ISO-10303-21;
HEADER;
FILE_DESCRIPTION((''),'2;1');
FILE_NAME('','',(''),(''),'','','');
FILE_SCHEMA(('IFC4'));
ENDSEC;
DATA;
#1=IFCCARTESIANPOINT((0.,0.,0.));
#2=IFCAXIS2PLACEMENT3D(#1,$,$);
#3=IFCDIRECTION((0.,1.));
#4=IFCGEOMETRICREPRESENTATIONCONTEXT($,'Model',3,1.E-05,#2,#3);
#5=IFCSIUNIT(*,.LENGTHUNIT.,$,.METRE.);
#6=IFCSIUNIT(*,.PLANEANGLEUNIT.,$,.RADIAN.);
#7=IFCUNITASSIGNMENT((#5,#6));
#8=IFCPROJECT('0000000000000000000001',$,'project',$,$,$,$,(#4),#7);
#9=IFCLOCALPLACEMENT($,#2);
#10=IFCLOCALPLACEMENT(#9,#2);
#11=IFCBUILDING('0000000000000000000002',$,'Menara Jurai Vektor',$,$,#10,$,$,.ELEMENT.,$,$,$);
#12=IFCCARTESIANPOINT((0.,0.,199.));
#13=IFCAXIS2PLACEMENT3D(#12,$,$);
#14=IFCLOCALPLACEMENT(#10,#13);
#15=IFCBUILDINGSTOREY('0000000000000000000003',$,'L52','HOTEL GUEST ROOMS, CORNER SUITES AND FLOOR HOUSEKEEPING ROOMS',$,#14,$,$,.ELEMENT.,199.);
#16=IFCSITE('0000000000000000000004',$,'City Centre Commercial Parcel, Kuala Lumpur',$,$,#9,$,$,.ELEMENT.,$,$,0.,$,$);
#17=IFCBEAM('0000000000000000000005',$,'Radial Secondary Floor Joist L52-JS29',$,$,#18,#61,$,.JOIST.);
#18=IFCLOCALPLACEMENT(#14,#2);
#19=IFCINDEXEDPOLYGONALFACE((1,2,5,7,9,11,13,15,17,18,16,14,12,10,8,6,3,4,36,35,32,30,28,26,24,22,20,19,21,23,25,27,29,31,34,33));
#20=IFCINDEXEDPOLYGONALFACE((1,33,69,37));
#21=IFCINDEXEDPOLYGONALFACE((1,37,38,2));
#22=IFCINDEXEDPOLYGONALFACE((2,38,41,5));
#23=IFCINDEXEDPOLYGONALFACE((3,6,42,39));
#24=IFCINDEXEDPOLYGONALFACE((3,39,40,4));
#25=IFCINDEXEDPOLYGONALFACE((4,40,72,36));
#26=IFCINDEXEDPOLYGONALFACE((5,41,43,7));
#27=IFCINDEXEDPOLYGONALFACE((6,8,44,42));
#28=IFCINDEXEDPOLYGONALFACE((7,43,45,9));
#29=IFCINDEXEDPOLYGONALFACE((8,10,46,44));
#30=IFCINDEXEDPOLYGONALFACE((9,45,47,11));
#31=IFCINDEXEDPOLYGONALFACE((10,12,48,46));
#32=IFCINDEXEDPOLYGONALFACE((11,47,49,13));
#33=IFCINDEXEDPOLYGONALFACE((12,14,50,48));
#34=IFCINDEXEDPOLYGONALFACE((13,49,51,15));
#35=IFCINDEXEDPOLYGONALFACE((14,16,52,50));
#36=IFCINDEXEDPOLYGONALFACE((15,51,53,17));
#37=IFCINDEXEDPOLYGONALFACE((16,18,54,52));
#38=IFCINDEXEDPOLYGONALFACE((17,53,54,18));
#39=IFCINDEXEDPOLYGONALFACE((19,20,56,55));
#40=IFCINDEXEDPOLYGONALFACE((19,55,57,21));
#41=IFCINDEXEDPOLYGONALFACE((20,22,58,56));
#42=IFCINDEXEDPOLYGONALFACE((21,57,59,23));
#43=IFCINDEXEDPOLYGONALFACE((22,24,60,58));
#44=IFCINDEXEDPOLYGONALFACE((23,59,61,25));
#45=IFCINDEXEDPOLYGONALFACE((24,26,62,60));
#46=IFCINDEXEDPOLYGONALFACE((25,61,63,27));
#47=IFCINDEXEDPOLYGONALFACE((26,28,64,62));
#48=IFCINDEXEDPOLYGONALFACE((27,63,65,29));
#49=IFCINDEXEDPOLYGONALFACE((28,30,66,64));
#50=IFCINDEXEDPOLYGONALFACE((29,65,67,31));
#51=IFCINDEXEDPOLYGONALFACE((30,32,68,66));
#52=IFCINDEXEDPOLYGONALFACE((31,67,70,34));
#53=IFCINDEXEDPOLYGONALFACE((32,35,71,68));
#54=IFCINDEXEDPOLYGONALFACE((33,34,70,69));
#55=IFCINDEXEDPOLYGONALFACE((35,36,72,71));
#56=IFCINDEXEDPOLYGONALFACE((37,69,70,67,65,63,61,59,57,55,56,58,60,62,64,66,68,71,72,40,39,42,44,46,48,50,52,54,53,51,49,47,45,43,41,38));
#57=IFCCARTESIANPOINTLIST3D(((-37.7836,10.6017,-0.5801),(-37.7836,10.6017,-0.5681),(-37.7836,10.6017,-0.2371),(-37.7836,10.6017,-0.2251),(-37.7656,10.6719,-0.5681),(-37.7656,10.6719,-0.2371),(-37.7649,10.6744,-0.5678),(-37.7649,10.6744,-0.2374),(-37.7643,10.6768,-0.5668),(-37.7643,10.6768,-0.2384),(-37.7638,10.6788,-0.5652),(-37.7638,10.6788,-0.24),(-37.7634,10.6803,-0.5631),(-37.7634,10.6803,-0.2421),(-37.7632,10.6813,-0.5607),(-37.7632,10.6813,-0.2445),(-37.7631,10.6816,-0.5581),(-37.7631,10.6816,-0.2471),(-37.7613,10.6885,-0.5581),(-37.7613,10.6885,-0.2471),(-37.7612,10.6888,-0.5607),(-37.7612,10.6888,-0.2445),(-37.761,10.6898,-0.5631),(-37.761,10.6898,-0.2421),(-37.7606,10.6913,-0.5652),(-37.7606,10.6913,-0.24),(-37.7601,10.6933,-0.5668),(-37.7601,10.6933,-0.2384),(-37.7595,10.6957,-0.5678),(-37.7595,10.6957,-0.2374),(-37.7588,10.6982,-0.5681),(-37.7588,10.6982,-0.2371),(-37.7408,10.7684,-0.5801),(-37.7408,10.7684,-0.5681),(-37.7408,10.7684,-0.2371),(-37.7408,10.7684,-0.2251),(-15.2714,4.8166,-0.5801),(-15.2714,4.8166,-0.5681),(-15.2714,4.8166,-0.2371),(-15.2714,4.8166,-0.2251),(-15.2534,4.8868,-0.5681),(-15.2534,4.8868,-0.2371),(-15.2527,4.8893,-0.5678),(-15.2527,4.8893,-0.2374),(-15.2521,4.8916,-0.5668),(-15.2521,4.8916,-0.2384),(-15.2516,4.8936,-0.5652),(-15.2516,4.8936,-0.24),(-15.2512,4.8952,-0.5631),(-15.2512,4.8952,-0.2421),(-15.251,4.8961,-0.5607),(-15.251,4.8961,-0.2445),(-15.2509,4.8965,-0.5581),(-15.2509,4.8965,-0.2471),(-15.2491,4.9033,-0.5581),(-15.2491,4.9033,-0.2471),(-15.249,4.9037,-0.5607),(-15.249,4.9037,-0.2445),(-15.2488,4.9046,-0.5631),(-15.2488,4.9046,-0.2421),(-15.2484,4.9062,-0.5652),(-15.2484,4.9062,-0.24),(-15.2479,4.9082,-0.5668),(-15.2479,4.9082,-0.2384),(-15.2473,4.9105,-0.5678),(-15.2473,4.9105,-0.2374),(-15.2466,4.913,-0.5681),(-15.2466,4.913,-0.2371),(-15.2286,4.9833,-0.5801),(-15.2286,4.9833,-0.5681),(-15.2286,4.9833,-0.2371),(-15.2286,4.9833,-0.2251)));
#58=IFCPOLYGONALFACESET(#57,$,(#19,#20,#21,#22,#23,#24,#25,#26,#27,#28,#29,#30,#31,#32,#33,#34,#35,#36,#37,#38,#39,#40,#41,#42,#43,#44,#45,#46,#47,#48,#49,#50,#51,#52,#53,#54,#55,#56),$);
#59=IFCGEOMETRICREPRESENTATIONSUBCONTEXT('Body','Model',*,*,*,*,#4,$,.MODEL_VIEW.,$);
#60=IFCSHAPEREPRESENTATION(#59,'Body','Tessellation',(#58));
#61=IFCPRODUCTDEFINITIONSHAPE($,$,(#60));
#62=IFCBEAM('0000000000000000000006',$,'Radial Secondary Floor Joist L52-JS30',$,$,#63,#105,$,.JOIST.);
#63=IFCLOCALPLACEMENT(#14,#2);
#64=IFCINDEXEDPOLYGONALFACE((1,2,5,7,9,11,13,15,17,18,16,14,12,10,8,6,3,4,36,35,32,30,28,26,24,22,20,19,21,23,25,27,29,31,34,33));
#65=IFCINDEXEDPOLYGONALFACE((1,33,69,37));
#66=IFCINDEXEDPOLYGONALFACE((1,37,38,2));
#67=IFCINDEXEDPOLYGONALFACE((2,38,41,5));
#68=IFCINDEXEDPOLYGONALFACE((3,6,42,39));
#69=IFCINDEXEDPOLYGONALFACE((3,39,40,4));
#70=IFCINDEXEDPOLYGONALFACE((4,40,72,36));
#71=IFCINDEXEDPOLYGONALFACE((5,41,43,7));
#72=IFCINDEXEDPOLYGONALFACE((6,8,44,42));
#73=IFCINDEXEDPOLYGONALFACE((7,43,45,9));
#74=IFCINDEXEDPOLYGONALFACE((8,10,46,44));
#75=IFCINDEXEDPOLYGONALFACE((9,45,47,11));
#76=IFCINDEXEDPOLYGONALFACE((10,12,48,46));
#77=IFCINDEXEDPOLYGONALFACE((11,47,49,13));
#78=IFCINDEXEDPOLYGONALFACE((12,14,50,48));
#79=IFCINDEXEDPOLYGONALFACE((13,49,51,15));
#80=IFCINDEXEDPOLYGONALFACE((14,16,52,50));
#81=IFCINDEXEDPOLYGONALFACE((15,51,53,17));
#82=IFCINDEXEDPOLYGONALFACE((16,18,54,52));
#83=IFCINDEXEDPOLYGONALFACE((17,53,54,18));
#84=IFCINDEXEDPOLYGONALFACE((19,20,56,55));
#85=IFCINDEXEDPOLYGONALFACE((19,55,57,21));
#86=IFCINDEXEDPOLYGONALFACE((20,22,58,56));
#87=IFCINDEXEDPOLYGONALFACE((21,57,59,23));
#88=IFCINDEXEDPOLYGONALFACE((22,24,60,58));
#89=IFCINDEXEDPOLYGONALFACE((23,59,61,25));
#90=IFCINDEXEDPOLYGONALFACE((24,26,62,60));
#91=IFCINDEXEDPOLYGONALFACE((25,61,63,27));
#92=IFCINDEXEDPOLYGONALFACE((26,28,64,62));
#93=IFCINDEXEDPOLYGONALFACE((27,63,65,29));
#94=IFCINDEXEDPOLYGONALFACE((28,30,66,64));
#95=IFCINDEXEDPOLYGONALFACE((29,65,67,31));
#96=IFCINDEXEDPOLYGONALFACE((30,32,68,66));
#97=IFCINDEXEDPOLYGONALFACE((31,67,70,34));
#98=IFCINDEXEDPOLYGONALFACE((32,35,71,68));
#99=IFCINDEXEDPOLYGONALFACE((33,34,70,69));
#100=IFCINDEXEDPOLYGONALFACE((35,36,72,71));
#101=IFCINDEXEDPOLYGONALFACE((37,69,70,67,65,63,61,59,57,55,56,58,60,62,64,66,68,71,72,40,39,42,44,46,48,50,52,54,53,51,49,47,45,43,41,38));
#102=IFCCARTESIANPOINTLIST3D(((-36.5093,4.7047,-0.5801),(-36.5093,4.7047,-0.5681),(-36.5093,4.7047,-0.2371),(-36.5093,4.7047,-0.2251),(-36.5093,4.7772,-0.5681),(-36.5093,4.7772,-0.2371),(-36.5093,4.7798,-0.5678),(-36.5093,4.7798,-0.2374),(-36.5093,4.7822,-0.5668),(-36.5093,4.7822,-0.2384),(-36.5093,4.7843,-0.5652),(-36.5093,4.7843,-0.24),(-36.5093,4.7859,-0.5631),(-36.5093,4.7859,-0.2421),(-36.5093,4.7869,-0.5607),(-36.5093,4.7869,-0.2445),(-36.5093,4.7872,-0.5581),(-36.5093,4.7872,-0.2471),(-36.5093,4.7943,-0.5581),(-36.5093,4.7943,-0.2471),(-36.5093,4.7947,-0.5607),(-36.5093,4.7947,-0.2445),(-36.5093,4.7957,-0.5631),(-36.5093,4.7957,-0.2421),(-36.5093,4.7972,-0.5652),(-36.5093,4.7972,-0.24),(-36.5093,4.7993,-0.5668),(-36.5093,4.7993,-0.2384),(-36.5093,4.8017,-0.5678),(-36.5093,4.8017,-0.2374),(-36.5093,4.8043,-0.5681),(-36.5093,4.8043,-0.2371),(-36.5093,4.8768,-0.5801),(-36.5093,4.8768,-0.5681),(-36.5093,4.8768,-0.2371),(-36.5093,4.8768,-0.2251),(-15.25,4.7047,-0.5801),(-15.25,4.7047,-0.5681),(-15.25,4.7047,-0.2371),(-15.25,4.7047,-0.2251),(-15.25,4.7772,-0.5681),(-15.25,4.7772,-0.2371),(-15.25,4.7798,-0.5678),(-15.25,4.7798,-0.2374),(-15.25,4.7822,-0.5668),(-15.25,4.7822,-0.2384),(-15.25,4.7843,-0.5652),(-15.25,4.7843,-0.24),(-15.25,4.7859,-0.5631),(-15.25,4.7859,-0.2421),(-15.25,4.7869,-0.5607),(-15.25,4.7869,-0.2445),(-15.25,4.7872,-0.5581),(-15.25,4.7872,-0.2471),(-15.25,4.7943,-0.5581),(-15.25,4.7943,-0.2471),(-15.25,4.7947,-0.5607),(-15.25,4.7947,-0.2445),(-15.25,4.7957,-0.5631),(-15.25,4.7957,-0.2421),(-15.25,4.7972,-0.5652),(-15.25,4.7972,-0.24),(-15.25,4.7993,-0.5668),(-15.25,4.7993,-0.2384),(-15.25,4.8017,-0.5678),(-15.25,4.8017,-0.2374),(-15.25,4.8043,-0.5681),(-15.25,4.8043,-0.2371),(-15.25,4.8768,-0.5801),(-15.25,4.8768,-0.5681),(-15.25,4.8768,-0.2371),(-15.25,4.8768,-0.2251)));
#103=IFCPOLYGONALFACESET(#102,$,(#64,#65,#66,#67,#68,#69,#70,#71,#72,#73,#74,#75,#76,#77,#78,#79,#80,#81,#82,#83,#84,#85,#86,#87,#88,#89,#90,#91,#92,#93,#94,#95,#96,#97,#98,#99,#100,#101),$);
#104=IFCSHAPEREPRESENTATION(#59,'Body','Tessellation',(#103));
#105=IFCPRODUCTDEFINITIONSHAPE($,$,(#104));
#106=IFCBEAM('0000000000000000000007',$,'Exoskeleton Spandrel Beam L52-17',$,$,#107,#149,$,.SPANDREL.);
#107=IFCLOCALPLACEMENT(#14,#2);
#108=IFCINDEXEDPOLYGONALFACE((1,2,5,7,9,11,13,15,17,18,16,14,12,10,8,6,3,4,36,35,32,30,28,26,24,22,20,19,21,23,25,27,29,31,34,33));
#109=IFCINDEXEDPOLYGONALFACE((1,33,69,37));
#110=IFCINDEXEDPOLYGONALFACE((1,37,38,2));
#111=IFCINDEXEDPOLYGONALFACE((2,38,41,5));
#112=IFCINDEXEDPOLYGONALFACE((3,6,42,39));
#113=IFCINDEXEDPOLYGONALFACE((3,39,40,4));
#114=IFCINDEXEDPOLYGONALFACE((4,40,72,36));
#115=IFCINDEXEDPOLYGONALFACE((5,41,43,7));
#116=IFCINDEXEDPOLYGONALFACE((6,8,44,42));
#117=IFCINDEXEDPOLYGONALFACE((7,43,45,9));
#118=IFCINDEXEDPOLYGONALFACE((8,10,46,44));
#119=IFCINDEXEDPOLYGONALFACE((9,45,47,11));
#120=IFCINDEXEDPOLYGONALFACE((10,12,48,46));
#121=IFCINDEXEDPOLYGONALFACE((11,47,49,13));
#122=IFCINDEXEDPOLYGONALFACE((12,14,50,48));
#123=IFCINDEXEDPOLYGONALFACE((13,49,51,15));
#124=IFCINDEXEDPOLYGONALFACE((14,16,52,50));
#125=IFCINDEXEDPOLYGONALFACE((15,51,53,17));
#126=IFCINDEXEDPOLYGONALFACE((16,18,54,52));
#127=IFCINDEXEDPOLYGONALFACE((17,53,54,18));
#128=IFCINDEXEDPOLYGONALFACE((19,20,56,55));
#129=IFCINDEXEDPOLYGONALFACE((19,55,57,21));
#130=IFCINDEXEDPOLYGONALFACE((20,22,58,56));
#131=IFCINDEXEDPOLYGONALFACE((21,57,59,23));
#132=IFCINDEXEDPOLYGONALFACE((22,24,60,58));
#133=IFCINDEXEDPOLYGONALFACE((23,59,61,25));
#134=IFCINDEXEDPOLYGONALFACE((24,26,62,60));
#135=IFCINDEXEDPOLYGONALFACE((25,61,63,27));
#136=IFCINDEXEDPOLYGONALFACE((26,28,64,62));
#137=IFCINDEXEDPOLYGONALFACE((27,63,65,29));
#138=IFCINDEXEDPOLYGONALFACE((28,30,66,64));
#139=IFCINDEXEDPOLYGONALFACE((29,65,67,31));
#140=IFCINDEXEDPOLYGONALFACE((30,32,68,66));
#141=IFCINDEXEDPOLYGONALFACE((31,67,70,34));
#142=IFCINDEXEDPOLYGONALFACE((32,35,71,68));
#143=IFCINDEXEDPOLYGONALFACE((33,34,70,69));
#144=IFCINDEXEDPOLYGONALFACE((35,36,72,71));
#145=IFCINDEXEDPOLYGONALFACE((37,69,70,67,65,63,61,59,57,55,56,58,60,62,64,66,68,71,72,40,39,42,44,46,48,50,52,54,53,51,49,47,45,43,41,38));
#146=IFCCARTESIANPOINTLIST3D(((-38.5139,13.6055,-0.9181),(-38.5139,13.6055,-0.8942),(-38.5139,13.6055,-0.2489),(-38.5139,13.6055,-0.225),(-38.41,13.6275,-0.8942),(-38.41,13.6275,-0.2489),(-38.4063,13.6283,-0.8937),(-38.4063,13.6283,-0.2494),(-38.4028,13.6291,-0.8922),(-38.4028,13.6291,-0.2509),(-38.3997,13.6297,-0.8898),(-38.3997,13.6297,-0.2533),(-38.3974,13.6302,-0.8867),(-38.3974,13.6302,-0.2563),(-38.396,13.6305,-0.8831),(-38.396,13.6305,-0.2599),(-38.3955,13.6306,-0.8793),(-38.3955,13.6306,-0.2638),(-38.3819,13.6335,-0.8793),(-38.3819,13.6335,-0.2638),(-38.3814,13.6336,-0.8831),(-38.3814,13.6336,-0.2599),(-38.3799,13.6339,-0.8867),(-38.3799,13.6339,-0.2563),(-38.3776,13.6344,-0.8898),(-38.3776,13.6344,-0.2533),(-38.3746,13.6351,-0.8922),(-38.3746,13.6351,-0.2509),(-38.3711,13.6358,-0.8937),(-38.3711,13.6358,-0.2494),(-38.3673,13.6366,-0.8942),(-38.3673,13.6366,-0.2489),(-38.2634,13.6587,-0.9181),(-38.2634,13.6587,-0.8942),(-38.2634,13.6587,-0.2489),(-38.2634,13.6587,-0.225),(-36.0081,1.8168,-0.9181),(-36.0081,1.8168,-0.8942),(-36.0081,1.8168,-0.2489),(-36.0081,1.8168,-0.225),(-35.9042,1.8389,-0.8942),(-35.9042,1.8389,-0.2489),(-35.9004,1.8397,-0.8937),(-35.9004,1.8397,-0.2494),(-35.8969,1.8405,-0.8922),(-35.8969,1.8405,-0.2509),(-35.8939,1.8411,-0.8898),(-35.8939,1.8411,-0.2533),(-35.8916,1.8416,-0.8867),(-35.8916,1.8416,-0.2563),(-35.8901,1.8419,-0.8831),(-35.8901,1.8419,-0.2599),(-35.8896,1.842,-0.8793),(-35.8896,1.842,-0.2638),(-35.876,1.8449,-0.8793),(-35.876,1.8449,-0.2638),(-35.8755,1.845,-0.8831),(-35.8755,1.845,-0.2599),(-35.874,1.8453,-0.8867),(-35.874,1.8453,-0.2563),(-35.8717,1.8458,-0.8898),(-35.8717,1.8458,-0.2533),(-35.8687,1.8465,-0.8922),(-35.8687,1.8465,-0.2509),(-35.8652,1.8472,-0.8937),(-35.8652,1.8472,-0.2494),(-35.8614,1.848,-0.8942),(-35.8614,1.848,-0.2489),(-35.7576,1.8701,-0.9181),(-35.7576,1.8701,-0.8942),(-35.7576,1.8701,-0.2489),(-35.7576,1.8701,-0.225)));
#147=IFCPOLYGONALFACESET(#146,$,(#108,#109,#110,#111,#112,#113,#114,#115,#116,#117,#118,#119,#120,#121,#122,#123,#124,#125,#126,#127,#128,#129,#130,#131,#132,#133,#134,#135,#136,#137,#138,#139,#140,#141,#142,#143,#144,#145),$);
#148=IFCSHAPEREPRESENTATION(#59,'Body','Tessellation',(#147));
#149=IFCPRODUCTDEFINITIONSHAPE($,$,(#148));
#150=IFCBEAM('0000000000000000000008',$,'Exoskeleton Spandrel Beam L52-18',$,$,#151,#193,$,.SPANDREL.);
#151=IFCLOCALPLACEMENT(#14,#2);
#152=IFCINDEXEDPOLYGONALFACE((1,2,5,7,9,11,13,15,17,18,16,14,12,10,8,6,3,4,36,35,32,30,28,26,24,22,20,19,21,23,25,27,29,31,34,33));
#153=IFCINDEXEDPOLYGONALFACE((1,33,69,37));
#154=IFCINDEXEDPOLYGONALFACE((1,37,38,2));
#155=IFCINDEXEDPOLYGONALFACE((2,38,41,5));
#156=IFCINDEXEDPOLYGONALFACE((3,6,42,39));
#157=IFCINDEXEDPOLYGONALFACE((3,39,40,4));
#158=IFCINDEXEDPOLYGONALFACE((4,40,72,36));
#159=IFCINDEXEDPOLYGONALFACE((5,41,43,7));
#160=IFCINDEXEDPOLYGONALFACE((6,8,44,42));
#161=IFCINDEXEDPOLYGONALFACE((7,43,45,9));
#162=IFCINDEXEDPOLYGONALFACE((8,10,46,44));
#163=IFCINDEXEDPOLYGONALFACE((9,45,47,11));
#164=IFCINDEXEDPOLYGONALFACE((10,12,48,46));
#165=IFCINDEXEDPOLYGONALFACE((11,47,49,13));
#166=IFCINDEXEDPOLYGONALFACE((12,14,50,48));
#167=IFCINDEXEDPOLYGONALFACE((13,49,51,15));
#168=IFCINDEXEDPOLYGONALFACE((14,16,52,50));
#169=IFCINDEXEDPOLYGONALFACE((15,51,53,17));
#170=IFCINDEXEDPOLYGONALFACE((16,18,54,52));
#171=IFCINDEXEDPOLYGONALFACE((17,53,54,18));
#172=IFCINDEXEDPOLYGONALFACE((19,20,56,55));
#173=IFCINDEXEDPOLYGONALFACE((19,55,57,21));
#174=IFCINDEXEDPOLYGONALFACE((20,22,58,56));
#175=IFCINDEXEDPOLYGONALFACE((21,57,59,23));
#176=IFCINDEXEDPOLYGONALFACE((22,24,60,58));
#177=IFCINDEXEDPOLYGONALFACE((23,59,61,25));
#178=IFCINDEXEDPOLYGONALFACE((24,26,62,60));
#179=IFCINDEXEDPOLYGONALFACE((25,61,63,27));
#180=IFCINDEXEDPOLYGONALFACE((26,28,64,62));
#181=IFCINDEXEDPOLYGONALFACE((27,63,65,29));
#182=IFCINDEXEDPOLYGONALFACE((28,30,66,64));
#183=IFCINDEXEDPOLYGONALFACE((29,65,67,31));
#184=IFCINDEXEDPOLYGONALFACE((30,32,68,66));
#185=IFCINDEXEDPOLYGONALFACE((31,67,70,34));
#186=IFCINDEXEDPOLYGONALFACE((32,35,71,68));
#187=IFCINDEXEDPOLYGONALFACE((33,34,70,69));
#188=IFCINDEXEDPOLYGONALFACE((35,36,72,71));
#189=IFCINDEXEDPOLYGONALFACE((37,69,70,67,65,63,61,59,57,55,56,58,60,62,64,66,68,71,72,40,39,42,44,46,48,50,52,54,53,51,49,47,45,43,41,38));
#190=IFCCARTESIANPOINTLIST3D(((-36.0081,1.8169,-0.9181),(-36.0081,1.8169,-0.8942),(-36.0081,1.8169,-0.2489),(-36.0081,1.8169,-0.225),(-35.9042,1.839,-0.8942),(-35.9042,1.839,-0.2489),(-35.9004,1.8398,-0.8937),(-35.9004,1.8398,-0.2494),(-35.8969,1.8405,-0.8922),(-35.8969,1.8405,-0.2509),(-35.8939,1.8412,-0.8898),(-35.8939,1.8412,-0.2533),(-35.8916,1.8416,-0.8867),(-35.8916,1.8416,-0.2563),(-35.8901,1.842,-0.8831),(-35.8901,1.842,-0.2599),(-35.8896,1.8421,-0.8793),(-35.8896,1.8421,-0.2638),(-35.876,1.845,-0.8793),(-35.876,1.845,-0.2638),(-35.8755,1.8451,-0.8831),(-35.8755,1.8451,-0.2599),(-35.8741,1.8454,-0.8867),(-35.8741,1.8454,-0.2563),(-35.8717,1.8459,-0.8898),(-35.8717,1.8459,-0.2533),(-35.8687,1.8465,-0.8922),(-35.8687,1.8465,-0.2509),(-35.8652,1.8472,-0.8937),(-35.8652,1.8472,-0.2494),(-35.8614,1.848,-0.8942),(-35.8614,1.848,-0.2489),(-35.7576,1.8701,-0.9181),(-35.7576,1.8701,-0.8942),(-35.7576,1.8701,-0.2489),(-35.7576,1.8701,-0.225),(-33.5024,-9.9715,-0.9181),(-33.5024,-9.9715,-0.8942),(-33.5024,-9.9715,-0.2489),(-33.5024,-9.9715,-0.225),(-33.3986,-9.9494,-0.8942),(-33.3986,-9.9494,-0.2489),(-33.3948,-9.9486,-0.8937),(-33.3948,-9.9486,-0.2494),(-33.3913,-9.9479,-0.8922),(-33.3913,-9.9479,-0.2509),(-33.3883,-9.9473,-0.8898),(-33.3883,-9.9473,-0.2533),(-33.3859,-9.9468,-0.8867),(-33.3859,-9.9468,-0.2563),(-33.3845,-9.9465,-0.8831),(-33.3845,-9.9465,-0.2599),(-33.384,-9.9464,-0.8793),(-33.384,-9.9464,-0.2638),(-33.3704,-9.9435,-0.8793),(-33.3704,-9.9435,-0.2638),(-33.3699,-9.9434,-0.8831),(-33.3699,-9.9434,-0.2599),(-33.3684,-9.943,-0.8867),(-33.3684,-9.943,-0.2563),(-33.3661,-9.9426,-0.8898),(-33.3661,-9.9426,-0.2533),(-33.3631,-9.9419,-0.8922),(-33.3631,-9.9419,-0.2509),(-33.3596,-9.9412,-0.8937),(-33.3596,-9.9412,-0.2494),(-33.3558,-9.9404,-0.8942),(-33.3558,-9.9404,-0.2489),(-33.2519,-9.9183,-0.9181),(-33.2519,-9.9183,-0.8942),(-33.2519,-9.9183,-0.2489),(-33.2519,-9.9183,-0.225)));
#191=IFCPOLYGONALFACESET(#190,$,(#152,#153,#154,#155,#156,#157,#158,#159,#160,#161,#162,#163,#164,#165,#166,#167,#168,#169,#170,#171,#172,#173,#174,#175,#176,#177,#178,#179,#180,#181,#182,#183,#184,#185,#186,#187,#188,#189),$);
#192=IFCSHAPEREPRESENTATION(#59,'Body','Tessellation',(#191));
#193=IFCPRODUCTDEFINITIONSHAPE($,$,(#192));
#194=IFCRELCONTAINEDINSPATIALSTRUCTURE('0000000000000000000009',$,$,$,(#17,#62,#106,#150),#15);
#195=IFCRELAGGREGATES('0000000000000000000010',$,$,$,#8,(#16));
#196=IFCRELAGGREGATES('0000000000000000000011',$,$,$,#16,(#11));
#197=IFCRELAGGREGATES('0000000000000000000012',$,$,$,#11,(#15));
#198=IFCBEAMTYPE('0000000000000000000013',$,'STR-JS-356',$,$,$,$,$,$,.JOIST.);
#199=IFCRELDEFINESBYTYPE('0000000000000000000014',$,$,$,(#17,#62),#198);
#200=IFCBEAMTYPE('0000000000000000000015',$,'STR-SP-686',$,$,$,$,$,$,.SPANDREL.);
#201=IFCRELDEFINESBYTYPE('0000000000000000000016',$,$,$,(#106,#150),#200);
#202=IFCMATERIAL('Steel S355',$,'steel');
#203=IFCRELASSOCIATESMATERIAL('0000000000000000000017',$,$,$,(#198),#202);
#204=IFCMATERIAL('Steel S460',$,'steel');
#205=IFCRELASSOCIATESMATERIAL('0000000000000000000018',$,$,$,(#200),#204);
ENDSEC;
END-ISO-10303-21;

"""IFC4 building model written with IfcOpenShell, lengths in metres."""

from ifc_helpers import new_model, si_unit, direction, frame, origin, origin_2d, place, context, subcontext, project, spatial, i_section, extrude, material, material_profile, profile_set, type_object, element, save


model = new_model("IFC4")

# Units and contexts
model_context = context("Model", 3, precision=1e-05, world=origin(), true_north=direction((0.0, 1.0)))
body_context = subcontext(model_context, "Body", "Model", "MODEL_VIEW")
ifc_project = project(units=[si_unit("LENGTHUNIT", "METRE"), si_unit("PLANEANGLEUNIT", "RADIAN")], contexts=[model_context])

# Site, building, storey
site_placement = place(None, origin())
site = spatial("IfcSite", under=ifc_project, at=site_placement, Name="City Centre Commercial Parcel, Kuala Lumpur", CompositionType="ELEMENT", RefElevation=0.0)
building_placement = place(site_placement, origin())
building = spatial("IfcBuilding", under=site, at=building_placement, Name="Menara Jurai Vektor", CompositionType="ELEMENT")
storey_placement = place(building_placement, frame((0.0, 0.0, 199.0)))
storey = spatial("IfcBuildingStorey", under=building, at=storey_placement, Name="L52", Description="HOTEL GUEST ROOMS, CORNER SUITES AND FLOOR HOUSEKEEPING ROOMS", CompositionType="ELEMENT", Elevation=199.0)

# Shared definitions
ifc_material_1 = material(Name="Steel S460", Category="steel")

# Shared definitions
ifc_material_2 = material(Name="Steel S355", Category="steel")

# Beams
ifc_material_profile_1 = material_profile(ifc_material_2, i_section(OverallWidth=0.1721, OverallDepth=0.355, WebThickness=0.0071, FlangeThickness=0.012, FilletRadius=0.01, at=origin_2d()), Name="UKB 356x171x51")
ifc_profile_set_1 = profile_set([ifc_material_profile_1], Name="Steel S355")
beam_type_1 = type_object("IfcBeamType", Name="STR-JS-356", PredefinedType="JOIST", material=ifc_profile_set_1)
beam_1_placement = place(storey_placement, frame((-37.7622, 10.6851, -0.4026), z_axis=(0.968531, -0.248892, 0.0), x_axis=(0.248892, 0.968531, 0.0)))
element("IfcBeam", 1, at=beam_1_placement, inside=storey, type_object=beam_type_1, Name="Radial Secondary Floor Joist L52-JS29", PredefinedType="JOIST", context=body_context, shape_type="SweptSolid", body=[
    extrude(i_section(OverallWidth=0.1721, OverallDepth=0.355, WebThickness=0.0071, FlangeThickness=0.012, FilletRadius=0.01, at=origin_2d()), origin(), (0.0, 0.0, 1.0), 23.2437),
])
beam_2_placement = place(storey_placement, frame((-36.5093, 4.7908, -0.4026), z_axis=(1.0, 0.0, 0.0), x_axis=(0.0, 1.0, 0.0)))
element("IfcBeam", 2, at=beam_2_placement, inside=storey, type_object=beam_type_1, Name="Radial Secondary Floor Joist L52-JS30", PredefinedType="JOIST", context=body_context, shape_type="SweptSolid", body=[
    extrude(i_section(OverallWidth=0.1721, OverallDepth=0.355, WebThickness=0.0071, FlangeThickness=0.012, FilletRadius=0.01, at=origin_2d()), origin(), (0.0, 0.0, 1.0), 21.2593),
])
ifc_material_profile_2 = material_profile(ifc_material_1, i_section(OverallWidth=0.2561, OverallDepth=0.6931, WebThickness=0.0139, FlangeThickness=0.0239, FilletRadius=0.0149, at=origin_2d()), Name="UKB 686x254x170")
ifc_profile_set_2 = profile_set([ifc_material_profile_2], Name="Steel S460")
beam_type_2 = type_object("IfcBeamType", Name="STR-SP-686", PredefinedType="SPANDREL", material=ifc_profile_set_2)
beam_3_placement = place(storey_placement, frame((-38.3887, 13.6321, -0.5715), z_axis=(0.207921, -0.978146, 0.0), x_axis=(0.978146, 0.207921, 0.0)))
element("IfcBeam", 3, at=beam_3_placement, inside=storey, type_object=beam_type_2, Name="Exoskeleton Spandrel Beam L52-17", PredefinedType="SPANDREL", context=body_context, shape_type="SweptSolid", body=[
    extrude(i_section(OverallWidth=0.2561, OverallDepth=0.6931, WebThickness=0.0139, FlangeThickness=0.0239, FilletRadius=0.0149, at=origin_2d()), origin(), (0.0, 0.0, 1.0), 12.052),
])
beam_4_placement = place(storey_placement, frame((-35.8828, 1.8435, -0.5715), z_axis=(0.207906, -0.978149, 0.0), x_axis=(0.978149, 0.207906, 0.0)))
element("IfcBeam", 4, at=beam_4_placement, inside=storey, type_object=beam_type_2, Name="Exoskeleton Spandrel Beam L52-18", PredefinedType="SPANDREL", context=body_context, shape_type="SweptSolid", body=[
    extrude(i_section(OverallWidth=0.2561, OverallDepth=0.6931, WebThickness=0.0139, FlangeThickness=0.0239, FilletRadius=0.0149, at=origin_2d()), origin(), (0.0, 0.0, 1.0), 12.0518),
])

save(model, "model.ifc")
